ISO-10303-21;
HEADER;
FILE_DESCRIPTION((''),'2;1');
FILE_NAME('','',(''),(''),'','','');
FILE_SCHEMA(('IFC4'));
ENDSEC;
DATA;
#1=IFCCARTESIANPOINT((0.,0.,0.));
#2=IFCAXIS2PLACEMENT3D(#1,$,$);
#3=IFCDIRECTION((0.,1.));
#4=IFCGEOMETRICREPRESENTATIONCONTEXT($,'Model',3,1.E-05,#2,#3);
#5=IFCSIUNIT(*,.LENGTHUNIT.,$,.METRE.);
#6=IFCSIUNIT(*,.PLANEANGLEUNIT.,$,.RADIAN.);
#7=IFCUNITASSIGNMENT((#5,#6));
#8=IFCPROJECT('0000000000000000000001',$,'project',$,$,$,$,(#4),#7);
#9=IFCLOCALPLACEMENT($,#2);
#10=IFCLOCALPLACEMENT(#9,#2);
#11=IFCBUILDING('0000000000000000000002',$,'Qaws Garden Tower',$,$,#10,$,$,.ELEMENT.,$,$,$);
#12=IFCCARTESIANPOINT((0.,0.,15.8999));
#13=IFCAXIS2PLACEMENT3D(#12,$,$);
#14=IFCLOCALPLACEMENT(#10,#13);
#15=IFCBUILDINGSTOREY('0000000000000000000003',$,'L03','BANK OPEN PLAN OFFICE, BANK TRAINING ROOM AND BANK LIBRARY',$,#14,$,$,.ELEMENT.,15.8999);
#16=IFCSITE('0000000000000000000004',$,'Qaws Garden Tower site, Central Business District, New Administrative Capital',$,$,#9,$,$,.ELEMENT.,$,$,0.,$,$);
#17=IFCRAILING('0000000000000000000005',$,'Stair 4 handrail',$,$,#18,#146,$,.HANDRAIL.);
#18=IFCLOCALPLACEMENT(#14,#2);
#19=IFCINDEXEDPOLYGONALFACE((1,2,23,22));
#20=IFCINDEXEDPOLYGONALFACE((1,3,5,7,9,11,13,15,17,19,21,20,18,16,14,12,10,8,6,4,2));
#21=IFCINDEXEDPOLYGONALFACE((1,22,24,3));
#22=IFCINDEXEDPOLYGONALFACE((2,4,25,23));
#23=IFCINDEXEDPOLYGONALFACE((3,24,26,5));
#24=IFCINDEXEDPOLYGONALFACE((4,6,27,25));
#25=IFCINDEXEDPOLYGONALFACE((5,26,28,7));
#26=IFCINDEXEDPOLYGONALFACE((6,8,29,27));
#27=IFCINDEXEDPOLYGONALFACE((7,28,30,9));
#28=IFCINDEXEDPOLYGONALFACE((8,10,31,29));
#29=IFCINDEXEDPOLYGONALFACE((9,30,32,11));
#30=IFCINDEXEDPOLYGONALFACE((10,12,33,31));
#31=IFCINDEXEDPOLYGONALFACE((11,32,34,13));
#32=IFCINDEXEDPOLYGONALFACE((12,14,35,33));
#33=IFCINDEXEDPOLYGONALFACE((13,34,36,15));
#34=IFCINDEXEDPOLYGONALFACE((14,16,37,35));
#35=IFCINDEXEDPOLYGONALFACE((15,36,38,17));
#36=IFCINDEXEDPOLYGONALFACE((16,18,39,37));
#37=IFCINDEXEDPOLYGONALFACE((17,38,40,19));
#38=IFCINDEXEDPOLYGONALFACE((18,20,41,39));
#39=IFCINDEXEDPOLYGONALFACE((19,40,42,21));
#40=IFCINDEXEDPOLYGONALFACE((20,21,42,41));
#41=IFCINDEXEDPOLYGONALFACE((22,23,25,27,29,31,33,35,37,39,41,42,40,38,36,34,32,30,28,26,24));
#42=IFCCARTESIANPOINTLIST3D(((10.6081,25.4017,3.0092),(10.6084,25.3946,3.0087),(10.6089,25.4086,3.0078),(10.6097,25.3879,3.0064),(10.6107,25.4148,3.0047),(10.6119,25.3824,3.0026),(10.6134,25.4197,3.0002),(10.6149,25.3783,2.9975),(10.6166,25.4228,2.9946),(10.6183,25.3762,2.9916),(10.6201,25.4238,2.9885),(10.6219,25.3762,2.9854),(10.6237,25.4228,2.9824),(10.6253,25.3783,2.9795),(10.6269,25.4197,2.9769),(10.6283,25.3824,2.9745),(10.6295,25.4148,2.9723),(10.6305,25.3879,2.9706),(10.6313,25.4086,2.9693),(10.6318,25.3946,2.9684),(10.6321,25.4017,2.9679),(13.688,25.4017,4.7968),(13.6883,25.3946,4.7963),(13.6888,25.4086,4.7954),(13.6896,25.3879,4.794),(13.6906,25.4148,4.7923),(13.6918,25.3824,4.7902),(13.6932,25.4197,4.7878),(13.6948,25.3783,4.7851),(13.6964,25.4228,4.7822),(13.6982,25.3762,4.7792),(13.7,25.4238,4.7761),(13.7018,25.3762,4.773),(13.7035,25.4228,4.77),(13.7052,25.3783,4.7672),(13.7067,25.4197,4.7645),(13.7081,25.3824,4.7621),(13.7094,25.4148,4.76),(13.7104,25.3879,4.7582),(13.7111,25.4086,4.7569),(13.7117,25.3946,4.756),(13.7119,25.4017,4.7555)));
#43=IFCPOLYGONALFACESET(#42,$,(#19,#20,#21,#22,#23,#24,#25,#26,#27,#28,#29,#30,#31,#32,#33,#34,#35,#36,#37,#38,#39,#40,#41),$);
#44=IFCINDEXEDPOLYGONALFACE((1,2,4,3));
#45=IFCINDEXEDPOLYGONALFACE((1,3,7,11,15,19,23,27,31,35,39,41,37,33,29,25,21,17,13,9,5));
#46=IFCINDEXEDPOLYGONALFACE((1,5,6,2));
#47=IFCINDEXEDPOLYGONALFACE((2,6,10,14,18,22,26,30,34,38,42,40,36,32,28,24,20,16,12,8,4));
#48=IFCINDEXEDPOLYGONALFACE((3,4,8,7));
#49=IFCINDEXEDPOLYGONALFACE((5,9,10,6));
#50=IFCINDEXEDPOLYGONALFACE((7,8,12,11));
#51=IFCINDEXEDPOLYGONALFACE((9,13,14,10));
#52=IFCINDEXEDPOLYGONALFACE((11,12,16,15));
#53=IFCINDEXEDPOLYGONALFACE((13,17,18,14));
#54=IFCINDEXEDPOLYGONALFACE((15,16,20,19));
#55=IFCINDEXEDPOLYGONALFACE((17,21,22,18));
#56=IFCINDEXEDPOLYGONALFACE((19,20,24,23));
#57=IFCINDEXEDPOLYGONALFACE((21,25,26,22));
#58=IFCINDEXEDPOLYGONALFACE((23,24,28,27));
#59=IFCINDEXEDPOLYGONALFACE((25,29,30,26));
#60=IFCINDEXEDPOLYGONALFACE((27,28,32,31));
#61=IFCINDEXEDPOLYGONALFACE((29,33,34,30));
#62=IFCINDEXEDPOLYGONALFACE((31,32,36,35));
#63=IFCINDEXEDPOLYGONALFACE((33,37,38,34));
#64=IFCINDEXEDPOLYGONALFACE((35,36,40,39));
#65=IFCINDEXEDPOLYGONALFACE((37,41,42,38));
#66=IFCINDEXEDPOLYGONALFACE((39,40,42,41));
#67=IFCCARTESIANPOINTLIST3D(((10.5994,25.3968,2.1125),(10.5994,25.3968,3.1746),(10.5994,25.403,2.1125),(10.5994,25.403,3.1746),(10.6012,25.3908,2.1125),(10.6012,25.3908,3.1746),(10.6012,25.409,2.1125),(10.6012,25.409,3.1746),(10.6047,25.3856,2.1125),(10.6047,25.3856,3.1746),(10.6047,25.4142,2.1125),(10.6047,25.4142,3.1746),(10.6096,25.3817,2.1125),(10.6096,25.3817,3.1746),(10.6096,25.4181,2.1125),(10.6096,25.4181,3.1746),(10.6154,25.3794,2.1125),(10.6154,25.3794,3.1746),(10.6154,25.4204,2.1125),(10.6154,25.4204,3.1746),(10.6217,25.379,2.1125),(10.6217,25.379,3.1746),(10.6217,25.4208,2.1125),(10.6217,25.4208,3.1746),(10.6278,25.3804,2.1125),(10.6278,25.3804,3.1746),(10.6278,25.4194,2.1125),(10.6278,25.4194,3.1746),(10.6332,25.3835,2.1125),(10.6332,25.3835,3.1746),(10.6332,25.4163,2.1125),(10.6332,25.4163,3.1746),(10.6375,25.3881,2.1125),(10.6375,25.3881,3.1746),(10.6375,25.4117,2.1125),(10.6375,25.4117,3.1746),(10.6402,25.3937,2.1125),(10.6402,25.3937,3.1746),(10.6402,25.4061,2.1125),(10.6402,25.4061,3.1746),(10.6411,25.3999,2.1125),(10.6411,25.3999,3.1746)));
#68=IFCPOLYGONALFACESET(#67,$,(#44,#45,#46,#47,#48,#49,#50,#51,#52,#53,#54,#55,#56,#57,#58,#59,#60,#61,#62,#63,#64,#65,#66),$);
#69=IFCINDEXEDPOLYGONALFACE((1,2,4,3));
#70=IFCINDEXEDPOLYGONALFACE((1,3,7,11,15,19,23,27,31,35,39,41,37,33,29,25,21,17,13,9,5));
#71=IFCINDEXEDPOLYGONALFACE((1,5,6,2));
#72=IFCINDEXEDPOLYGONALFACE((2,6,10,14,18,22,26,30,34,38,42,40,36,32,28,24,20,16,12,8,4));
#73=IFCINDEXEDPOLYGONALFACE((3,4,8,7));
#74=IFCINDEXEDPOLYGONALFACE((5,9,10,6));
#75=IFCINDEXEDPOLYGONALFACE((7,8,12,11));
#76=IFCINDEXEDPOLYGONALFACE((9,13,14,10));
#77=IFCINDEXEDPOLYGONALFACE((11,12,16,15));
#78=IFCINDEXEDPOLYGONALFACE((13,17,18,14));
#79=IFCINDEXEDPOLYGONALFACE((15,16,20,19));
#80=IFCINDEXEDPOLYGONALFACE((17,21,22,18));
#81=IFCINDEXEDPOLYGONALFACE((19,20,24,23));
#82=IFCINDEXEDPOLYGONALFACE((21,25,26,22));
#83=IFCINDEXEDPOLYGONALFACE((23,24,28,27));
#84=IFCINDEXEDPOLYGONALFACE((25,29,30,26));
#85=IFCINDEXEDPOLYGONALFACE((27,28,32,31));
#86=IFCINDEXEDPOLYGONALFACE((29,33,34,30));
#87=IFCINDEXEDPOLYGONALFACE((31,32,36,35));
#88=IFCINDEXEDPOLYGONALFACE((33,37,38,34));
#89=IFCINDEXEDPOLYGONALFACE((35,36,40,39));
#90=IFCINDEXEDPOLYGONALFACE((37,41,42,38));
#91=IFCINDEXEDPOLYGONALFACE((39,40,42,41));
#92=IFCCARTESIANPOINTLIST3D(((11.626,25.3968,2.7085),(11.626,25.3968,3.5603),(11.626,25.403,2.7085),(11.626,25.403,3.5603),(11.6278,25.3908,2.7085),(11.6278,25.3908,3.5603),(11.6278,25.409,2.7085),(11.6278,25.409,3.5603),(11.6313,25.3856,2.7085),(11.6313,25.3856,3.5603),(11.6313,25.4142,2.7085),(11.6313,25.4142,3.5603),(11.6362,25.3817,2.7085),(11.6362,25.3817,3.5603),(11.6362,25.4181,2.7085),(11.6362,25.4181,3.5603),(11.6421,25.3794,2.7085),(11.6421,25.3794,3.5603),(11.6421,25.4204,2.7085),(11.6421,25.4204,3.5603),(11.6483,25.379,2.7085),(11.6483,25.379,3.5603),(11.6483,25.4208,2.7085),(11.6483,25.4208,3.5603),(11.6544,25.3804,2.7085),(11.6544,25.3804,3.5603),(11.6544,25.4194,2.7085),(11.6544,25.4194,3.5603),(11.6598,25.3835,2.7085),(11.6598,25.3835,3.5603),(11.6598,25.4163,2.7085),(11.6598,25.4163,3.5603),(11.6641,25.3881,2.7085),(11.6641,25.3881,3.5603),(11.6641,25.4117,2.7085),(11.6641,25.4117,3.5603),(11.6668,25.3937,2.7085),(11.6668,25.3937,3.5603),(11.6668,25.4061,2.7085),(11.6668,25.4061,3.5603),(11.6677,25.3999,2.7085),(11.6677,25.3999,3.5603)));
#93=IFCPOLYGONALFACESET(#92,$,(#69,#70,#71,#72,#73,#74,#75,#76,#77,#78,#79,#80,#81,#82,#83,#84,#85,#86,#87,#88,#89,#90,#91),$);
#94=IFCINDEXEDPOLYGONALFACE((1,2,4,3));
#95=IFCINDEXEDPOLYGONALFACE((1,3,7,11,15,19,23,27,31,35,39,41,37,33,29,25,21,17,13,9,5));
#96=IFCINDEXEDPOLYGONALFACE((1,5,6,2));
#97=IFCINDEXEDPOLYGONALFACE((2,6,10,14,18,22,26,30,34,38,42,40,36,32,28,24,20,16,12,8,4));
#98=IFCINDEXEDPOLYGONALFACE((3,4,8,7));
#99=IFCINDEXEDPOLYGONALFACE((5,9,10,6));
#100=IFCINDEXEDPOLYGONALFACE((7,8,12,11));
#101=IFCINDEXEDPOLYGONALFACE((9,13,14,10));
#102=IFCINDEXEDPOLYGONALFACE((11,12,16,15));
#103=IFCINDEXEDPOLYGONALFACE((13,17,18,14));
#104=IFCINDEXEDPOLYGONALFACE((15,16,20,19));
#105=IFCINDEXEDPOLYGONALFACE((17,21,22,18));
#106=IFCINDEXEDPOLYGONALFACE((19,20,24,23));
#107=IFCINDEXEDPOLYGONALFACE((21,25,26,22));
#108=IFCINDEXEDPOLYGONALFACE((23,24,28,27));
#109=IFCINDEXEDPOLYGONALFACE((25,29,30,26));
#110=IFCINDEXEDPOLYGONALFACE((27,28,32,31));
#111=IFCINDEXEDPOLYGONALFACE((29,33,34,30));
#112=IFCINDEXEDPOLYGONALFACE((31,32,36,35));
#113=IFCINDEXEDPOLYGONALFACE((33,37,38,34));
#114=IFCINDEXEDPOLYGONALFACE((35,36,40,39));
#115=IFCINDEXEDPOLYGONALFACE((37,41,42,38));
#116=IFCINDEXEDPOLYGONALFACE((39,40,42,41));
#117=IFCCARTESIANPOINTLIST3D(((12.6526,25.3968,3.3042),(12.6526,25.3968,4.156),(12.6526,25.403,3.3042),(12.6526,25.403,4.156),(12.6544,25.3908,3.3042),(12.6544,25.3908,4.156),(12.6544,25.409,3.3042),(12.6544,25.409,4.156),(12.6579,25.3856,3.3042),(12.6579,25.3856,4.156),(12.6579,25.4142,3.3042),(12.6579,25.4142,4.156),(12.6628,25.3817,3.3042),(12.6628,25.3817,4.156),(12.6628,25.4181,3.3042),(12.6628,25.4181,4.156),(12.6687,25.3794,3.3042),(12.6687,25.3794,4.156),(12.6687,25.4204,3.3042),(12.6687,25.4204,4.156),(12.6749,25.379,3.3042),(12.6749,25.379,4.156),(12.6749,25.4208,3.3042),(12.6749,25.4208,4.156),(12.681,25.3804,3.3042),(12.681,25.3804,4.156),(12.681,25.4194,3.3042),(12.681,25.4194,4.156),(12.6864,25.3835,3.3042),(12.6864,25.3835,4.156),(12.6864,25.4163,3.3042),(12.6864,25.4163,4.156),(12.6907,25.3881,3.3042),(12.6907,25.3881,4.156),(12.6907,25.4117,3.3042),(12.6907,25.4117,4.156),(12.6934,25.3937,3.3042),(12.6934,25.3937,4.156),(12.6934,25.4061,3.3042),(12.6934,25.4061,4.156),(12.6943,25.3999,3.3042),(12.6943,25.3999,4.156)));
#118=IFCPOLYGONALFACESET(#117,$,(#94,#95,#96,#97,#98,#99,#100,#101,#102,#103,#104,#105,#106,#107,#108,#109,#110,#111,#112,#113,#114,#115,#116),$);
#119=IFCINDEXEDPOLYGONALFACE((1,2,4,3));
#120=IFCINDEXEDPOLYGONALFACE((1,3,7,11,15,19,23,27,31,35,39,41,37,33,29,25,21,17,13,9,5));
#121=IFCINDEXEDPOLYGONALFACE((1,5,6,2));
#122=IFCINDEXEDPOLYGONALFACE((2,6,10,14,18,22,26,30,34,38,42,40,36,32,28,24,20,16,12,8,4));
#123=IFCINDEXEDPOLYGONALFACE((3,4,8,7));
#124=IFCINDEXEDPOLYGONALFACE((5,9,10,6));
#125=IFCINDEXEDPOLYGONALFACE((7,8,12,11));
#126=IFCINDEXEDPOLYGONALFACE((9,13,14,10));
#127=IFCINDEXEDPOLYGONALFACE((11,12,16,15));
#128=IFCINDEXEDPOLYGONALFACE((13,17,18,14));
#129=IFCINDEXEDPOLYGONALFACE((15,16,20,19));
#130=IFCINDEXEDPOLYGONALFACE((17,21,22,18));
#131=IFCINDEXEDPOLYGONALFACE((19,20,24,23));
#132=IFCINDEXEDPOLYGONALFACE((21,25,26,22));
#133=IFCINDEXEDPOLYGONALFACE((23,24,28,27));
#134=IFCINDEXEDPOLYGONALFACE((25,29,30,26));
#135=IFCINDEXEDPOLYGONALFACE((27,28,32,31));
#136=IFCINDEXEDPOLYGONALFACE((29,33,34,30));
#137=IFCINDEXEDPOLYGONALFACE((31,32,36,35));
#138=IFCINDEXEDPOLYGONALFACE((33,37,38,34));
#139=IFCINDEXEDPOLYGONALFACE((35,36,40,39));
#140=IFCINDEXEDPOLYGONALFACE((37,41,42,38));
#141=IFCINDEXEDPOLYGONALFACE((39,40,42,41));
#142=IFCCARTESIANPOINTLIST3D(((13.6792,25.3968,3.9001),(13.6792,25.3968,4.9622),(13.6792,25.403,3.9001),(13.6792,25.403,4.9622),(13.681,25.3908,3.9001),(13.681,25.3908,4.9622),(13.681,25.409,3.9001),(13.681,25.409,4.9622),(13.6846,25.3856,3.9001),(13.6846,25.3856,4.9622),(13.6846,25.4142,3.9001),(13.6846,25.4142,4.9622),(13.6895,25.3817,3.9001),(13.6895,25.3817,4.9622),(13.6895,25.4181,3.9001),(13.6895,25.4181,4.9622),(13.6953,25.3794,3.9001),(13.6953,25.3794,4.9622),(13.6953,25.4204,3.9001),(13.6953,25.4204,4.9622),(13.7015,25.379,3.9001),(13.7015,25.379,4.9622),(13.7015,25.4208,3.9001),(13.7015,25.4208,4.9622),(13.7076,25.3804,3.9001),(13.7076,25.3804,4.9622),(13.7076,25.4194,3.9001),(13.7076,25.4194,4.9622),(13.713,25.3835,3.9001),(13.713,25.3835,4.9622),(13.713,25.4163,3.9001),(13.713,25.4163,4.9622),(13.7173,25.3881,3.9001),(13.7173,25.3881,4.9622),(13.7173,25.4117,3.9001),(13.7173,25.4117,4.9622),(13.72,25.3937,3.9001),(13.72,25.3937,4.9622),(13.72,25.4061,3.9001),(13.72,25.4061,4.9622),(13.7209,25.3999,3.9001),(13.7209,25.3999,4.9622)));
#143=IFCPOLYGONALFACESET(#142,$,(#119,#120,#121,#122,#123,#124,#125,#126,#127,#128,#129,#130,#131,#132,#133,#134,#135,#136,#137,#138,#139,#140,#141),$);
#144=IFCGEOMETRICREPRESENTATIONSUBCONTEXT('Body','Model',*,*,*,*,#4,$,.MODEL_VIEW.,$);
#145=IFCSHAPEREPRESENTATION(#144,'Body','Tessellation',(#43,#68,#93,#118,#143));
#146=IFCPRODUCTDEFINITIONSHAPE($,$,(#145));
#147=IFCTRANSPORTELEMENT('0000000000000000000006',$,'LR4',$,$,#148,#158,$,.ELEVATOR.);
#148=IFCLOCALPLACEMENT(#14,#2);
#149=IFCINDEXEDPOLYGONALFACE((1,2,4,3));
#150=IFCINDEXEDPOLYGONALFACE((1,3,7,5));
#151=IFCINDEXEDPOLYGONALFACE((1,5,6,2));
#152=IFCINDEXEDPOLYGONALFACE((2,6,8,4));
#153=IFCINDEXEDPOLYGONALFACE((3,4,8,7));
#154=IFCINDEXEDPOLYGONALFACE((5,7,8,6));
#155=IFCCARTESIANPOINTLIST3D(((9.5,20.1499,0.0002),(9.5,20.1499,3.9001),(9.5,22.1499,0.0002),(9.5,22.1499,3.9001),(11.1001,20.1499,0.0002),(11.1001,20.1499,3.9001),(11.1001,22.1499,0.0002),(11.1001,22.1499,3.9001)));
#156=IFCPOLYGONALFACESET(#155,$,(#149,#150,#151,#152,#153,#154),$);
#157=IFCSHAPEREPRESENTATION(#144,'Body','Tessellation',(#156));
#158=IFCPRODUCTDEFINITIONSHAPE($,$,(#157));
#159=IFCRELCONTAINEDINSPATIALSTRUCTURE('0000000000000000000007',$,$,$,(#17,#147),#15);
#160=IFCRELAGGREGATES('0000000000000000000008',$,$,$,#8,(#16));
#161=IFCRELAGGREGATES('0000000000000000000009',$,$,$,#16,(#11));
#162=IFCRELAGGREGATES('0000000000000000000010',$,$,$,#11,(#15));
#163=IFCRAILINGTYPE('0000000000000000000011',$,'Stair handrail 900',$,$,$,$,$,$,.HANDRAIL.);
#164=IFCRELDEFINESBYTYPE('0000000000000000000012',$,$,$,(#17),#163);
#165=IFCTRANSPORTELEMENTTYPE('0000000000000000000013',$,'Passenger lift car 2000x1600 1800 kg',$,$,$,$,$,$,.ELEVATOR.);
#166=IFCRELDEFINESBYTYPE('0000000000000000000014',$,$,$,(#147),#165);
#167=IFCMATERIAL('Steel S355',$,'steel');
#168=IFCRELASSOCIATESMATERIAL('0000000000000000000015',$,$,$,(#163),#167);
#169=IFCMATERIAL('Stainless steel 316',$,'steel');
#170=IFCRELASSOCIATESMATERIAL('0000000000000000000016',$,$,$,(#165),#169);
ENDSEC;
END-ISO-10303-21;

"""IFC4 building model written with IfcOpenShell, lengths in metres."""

from ifc_helpers import new_model, si_unit, direction, frame, origin, origin_2d, place, context, subcontext, project, spatial, rectangle, circle, extrude, material, type_object, element, save


model = new_model("IFC4")

# Units and contexts
model_context = context("Model", 3, precision=1e-05, world=origin(), true_north=direction((0.0, 1.0)))
body_context = subcontext(model_context, "Body", "Model", "MODEL_VIEW")
ifc_project = project(units=[si_unit("LENGTHUNIT", "METRE"), si_unit("PLANEANGLEUNIT", "RADIAN")], contexts=[model_context])

# Site, building, storey
site_placement = place(None, origin())
site = spatial("IfcSite", under=ifc_project, at=site_placement, Name="Qaws Garden Tower site, Central Business District, New Administrative Capital", CompositionType="ELEMENT", RefElevation=0.0)
building_placement = place(site_placement, origin())
building = spatial("IfcBuilding", under=site, at=building_placement, Name="Qaws Garden Tower", CompositionType="ELEMENT")
storey_placement = place(building_placement, frame((0.0, 0.0, 15.8999)))
storey = spatial("IfcBuildingStorey", under=building, at=storey_placement, Name="L03", Description="BANK OPEN PLAN OFFICE, BANK TRAINING ROOM AND BANK LIBRARY", CompositionType="ELEMENT", Elevation=15.8999)

# Railing
ifc_material_1 = material(Name="Steel S355", Category="steel")
railing_type = type_object("IfcRailingType", Name="Stair handrail 900", PredefinedType="HANDRAIL", material=ifc_material_1)
railing_1_placement = place(storey_placement, frame((10.6201, 25.3999, 2.1125)))
element("IfcRailing", 1, at=railing_1_placement, inside=storey, type_object=railing_type, Name="Stair 4 handrail", PredefinedType="HANDRAIL", context=body_context, shape_type="SweptSolid", body=[
    extrude(circle(Radius=0.0239, at=origin_2d()), frame((0.0, 0.0, 0.876), z_axis=(0.864873, 0.0, 0.50199), x_axis=(0.0, 1.0, 0.0)), (0.0, 0.0, 1.0), 3.561),
    extrude(circle(Radius=0.021, at=origin_2d()), origin(), (0.0, 0.0, 1.0), 1.062),
    extrude(circle(Radius=0.021, at=origin_2d()), frame((1.0266, 0.0, 0.5959)), (0.0, 0.0, 1.0), 0.8518),
    extrude(circle(Radius=0.021, at=origin_2d()), frame((2.0532, 0.0, 1.1917)), (0.0, 0.0, 1.0), 0.8518),
    extrude(circle(Radius=0.021, at=origin_2d()), frame((3.0798, 0.0, 1.7876)), (0.0, 0.0, 1.0), 1.062),
])

# Transport element
ifc_material_2 = material(Name="Stainless steel 316", Category="steel")
transport_element_type = type_object("IfcTransportElementType", Name="Passenger lift car 2000x1600 1800 kg", PredefinedType="ELEVATOR", material=ifc_material_2)
transport_element_placement = place(storey_placement, frame((10.3, 21.1499, 0.0002), z_axis=(0.0, 0.0, 1.0), x_axis=(1.0, 0.0, 0.0)))
element("IfcTransportElement", 2, at=transport_element_placement, inside=storey, type_object=transport_element_type, Name="LR4", PredefinedType="ELEVATOR", context=body_context, shape_type="SweptSolid", body=[
    extrude(rectangle(XDim=1.6001, YDim=2.0, at=origin_2d()), origin(), (0.0, 0.0, 1.0), 3.8999),
])

save(model, "model.ifc")
